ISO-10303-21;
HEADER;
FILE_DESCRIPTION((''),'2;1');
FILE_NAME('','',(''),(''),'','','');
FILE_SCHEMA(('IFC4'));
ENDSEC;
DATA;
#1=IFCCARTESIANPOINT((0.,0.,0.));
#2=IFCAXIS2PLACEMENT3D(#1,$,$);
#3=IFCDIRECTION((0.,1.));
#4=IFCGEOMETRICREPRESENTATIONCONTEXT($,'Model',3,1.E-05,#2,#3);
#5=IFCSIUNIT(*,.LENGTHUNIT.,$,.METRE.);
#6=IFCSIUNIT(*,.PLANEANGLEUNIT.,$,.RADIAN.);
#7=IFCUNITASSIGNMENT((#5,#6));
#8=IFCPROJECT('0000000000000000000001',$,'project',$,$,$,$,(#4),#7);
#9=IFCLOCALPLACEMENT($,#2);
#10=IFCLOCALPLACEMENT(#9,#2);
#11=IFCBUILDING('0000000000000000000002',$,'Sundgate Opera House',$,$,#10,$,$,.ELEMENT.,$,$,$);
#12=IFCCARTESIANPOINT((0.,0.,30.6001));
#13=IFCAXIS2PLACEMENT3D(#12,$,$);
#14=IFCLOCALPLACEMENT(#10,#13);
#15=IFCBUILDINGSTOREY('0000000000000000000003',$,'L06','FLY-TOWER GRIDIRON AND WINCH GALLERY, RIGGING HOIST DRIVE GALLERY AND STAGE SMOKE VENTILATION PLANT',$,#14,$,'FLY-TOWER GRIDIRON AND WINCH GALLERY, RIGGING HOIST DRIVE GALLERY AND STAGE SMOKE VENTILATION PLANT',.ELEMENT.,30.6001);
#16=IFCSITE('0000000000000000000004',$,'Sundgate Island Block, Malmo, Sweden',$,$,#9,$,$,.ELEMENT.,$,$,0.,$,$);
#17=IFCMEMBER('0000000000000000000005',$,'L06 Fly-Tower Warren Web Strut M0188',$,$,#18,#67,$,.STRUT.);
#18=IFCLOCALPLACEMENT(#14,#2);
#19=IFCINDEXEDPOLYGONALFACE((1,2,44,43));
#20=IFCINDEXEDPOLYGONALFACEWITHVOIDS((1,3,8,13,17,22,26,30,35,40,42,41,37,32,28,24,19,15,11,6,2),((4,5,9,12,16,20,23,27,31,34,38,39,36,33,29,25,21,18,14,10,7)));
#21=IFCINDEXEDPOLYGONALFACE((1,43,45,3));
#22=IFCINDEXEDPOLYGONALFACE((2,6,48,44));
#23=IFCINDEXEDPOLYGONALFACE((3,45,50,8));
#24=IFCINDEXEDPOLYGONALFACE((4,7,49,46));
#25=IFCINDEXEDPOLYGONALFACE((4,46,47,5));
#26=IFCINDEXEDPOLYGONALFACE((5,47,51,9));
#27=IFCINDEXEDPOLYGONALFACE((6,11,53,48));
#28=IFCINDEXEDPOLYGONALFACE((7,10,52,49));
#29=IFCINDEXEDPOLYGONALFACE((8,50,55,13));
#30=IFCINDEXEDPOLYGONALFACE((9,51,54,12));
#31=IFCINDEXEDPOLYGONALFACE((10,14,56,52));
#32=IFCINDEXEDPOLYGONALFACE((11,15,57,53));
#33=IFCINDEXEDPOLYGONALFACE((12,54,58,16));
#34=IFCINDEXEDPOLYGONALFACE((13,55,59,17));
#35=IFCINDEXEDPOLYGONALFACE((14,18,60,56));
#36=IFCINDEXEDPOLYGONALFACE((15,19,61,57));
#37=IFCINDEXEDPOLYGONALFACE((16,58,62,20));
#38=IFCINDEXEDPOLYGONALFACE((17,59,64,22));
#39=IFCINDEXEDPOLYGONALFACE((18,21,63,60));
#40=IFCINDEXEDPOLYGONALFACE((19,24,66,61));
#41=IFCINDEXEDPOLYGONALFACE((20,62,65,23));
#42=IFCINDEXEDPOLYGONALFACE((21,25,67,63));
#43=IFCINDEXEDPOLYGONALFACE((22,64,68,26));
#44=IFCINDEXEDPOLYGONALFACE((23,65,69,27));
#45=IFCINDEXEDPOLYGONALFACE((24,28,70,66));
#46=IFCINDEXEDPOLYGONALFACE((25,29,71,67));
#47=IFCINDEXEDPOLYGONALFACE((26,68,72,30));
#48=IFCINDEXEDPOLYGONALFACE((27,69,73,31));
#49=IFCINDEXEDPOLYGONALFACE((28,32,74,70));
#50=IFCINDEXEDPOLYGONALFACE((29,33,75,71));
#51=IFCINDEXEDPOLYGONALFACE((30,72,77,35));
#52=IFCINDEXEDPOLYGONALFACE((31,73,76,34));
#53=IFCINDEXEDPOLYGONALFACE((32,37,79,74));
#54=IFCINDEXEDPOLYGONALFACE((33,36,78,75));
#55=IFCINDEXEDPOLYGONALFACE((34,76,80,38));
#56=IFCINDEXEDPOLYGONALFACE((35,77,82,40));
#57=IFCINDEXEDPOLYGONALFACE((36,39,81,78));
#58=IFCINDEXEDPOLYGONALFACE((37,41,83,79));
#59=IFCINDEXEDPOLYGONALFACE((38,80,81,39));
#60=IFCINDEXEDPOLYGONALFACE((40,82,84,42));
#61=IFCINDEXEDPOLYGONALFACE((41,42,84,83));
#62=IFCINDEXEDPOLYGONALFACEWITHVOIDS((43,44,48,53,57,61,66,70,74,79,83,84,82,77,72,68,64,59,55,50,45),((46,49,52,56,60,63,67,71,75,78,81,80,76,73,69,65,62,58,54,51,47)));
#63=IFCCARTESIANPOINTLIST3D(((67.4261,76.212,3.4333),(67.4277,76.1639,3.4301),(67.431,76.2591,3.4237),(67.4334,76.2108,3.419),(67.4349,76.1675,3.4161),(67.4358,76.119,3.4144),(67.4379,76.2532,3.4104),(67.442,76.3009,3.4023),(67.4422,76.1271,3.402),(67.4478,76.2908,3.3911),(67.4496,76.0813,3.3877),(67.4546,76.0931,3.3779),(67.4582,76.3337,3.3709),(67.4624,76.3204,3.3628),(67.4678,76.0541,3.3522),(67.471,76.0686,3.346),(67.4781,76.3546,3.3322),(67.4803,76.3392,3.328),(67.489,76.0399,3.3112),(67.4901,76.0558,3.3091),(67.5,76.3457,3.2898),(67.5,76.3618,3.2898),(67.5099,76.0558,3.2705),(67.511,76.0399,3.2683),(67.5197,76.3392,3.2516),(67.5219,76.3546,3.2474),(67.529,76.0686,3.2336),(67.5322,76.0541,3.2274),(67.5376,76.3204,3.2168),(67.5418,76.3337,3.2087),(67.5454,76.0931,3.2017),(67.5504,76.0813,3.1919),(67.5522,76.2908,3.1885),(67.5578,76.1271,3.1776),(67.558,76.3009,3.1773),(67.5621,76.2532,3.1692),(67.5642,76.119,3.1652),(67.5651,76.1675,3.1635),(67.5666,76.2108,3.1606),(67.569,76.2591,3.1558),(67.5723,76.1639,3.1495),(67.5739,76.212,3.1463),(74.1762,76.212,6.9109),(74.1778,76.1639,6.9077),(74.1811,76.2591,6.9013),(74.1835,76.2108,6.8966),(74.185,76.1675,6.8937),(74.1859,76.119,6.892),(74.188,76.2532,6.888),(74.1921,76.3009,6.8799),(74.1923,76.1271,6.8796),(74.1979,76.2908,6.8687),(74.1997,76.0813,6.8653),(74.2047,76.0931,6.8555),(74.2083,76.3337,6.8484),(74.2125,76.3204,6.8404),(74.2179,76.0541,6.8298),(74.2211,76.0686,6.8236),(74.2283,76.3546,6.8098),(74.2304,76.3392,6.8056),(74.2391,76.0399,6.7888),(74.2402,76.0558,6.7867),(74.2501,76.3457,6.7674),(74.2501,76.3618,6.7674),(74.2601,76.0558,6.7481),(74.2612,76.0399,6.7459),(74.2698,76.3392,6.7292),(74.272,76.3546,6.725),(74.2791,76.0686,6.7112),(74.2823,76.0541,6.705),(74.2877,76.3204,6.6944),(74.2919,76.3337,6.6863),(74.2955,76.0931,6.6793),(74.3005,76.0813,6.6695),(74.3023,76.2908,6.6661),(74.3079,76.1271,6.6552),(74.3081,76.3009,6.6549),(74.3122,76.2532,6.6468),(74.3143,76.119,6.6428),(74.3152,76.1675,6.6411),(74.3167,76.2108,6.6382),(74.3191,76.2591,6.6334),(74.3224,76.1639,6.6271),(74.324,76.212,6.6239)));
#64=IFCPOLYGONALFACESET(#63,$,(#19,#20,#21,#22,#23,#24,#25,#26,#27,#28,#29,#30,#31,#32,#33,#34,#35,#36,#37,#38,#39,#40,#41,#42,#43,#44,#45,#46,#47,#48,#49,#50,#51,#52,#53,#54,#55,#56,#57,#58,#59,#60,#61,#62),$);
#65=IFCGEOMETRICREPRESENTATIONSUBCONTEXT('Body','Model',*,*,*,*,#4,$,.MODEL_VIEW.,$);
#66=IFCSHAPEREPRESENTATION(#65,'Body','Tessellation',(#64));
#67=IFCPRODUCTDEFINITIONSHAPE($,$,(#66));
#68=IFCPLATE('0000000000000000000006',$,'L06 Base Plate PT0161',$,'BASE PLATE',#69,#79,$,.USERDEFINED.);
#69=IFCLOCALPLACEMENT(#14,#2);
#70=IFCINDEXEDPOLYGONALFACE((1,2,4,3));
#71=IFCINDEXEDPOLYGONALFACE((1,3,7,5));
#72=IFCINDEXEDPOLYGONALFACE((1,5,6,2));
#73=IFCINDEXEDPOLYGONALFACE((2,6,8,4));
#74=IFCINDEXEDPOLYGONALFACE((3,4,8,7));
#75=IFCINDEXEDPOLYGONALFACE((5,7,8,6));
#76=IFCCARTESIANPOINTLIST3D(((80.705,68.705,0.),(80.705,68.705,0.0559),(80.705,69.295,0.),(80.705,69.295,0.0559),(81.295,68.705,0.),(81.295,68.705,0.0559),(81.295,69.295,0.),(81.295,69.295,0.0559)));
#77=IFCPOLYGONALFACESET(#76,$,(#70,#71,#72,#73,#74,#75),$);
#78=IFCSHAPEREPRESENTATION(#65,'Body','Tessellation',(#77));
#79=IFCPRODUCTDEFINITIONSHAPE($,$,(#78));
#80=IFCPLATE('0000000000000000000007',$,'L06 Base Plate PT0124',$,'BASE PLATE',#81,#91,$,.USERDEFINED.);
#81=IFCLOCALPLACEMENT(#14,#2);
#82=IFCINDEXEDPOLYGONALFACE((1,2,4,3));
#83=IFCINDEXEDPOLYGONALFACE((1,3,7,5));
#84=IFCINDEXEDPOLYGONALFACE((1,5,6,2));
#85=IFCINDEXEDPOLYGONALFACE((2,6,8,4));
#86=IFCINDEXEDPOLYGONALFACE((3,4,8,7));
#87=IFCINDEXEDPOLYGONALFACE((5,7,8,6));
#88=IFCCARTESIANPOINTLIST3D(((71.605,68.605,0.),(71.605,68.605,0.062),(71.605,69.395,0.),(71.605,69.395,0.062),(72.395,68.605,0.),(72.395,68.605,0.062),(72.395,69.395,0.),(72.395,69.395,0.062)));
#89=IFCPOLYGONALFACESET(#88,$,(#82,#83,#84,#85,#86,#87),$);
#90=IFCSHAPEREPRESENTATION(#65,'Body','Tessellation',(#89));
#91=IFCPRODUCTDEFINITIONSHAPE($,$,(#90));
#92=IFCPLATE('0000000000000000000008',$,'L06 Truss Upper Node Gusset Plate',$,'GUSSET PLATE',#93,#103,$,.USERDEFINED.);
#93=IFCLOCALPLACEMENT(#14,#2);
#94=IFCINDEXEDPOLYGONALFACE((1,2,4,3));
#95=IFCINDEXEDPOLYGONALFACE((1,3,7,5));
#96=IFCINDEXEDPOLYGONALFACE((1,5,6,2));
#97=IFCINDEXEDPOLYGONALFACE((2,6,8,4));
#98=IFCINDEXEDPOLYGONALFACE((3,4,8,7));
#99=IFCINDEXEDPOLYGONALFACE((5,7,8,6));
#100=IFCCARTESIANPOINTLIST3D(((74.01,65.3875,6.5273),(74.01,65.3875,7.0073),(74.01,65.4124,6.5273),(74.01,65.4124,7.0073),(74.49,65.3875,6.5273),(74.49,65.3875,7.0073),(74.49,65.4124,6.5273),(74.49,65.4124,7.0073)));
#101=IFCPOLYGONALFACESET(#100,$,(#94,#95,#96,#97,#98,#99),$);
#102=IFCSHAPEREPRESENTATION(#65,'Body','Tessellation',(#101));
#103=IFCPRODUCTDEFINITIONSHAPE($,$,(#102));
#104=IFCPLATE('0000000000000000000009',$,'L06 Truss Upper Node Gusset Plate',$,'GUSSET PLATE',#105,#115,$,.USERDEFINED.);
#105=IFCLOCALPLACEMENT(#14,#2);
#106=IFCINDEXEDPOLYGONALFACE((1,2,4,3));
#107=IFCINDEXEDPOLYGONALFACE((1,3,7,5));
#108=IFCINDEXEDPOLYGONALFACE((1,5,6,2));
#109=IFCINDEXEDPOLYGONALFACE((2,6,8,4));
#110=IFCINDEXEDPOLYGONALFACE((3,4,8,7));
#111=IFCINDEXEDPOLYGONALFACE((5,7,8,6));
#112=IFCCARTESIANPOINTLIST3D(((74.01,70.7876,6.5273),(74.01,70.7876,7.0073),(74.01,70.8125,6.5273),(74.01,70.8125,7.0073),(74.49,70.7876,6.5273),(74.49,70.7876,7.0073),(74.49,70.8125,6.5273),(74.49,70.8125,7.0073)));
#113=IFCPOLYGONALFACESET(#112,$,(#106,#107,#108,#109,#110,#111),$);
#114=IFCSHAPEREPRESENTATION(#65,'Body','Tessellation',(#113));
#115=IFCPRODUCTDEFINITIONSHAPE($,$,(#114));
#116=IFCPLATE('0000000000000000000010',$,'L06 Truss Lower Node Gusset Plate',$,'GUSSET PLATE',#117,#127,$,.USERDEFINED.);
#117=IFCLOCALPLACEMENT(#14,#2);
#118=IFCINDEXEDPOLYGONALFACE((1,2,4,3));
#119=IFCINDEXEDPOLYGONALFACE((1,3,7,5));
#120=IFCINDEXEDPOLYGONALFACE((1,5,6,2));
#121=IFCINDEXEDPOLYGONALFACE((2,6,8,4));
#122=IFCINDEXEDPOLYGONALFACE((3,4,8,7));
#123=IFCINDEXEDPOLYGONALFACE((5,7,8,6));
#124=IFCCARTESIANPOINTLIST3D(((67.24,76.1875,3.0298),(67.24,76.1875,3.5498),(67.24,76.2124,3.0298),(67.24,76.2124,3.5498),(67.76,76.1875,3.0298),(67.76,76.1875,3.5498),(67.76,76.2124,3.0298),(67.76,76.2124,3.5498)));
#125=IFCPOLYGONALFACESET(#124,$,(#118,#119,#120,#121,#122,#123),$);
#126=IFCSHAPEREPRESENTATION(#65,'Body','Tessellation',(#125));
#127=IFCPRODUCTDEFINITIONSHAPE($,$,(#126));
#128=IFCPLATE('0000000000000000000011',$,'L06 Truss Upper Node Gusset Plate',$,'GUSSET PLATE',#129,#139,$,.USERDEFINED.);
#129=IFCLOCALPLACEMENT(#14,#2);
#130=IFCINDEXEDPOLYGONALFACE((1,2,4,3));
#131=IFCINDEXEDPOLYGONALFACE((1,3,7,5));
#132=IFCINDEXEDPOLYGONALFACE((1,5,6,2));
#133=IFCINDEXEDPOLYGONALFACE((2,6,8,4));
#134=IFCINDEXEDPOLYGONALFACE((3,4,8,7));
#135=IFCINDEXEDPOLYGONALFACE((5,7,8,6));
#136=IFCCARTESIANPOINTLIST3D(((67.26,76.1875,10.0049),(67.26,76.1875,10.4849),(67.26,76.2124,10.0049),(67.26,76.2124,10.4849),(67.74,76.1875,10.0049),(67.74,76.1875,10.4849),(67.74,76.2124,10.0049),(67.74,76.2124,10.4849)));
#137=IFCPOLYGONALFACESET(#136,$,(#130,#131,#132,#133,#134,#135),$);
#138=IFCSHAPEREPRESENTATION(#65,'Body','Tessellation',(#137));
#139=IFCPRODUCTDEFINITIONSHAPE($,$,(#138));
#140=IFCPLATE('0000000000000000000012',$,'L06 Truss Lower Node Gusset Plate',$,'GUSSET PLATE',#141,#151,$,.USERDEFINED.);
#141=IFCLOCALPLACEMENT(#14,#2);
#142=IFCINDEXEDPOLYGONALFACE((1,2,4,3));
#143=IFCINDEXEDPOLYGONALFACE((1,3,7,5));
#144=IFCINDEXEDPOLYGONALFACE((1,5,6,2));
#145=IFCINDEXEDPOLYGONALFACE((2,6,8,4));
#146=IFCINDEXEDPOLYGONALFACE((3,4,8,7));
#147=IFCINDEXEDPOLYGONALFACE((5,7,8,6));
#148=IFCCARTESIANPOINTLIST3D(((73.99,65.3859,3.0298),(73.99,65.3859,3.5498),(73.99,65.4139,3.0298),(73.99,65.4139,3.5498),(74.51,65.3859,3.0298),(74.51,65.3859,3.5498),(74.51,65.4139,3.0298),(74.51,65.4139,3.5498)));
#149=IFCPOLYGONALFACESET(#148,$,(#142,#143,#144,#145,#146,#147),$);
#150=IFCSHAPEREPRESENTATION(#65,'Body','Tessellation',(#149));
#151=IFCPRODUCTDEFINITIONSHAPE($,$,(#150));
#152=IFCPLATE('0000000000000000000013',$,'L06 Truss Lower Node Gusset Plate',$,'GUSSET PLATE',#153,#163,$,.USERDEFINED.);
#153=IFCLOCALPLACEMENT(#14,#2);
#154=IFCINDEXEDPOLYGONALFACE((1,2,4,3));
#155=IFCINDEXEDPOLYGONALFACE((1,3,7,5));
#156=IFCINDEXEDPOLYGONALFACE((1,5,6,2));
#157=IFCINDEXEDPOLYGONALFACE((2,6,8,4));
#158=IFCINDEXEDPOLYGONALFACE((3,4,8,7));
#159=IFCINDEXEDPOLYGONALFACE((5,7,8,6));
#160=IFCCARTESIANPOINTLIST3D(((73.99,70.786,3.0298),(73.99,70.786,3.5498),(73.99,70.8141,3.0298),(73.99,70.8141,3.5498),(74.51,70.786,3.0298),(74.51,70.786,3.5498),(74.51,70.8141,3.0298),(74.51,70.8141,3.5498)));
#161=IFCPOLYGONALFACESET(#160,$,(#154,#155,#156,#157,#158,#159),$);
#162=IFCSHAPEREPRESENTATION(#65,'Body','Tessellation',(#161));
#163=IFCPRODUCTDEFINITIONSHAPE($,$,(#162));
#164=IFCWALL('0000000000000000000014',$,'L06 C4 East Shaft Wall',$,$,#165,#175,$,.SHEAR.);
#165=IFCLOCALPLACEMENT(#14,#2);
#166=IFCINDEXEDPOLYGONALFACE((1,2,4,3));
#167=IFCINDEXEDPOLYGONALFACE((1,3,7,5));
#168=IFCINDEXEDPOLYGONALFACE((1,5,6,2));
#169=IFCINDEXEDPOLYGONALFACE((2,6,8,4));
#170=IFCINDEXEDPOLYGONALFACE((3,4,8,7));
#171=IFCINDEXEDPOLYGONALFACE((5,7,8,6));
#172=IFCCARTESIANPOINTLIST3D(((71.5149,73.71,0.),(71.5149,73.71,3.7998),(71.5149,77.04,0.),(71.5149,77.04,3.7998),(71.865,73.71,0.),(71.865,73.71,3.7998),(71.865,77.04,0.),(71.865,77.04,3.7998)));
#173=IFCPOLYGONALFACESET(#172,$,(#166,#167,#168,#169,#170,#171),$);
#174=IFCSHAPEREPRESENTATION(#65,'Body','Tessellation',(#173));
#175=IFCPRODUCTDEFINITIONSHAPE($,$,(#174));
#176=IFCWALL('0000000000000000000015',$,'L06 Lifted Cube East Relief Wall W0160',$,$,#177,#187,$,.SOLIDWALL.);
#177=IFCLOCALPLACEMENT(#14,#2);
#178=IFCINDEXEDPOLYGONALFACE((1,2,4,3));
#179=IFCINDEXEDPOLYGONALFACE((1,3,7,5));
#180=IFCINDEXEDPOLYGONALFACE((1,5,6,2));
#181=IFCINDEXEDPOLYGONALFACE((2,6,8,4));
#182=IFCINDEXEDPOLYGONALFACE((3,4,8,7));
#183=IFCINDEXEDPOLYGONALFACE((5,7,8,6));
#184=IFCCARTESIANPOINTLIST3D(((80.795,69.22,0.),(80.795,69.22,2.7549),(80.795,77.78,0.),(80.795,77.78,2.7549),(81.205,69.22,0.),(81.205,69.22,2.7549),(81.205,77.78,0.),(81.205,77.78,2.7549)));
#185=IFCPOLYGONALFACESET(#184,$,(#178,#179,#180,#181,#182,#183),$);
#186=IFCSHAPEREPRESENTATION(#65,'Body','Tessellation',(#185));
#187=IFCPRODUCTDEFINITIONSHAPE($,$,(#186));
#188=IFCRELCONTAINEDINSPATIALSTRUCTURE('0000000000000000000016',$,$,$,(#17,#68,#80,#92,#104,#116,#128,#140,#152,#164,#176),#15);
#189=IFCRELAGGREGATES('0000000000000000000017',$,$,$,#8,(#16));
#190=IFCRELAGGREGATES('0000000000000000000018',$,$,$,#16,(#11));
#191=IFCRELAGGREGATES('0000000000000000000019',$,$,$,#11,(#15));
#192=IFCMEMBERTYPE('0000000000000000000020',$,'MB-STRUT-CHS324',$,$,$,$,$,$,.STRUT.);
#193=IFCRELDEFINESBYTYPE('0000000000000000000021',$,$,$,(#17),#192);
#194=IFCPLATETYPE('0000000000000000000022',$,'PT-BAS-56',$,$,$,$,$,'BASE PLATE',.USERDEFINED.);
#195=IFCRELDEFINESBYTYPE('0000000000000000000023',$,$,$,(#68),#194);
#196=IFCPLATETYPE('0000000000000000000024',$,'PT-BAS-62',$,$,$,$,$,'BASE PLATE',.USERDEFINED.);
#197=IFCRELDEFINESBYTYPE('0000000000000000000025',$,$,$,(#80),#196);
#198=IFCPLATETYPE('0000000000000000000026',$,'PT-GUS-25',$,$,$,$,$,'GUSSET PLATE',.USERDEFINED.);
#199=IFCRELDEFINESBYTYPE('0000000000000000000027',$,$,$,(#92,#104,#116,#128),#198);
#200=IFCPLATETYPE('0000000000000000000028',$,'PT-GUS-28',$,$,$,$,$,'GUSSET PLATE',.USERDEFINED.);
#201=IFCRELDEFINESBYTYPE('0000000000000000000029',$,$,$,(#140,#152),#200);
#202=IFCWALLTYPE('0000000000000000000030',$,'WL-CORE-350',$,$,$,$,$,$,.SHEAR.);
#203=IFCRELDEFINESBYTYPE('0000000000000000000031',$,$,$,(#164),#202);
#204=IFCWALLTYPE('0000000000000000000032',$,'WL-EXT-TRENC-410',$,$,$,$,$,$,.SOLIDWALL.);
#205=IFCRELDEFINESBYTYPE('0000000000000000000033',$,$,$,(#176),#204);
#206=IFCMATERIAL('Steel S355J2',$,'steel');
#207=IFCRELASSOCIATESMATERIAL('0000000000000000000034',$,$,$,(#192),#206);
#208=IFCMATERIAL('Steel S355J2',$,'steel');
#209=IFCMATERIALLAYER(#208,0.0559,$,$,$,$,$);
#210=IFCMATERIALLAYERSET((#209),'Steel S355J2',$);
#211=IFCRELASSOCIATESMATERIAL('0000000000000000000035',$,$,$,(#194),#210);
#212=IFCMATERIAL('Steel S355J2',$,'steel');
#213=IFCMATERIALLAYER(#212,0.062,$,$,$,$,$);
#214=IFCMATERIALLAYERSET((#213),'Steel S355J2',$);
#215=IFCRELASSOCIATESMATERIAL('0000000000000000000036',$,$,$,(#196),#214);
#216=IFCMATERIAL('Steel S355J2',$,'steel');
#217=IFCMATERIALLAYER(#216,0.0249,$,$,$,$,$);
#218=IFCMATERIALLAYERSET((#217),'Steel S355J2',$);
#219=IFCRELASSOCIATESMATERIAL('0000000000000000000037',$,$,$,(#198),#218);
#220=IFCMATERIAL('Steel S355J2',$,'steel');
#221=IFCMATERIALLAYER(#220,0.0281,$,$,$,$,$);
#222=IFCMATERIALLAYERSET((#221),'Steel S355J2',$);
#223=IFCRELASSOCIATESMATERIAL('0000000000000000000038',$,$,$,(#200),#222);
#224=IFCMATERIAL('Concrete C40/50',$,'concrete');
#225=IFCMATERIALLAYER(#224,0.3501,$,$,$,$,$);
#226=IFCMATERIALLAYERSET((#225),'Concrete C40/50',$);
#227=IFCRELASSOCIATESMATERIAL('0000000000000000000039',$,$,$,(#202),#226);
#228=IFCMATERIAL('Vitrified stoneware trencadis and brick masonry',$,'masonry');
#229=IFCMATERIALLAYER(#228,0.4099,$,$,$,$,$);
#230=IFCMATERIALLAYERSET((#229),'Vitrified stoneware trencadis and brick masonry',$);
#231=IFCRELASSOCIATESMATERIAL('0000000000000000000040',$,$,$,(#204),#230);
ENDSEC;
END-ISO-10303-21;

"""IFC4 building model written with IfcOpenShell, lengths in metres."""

from ifc_helpers import new_model, si_unit, direction, frame, frame_2d, origin, origin_2d, place, context, subcontext, project, spatial, rectangle, hollow_circle, extrude, material, layer, layer_set, material_profile, profile_set, type_object, element, save


model = new_model("IFC4")

# Units and contexts
model_context = context("Model", 3, precision=1e-05, world=origin(), true_north=direction((0.0, 1.0)))
body_context = subcontext(model_context, "Body", "Model", "MODEL_VIEW")
ifc_project = project(units=[si_unit("LENGTHUNIT", "METRE"), si_unit("PLANEANGLEUNIT", "RADIAN")], contexts=[model_context])

# Site, building, storey
site_placement = place(None, origin())
site = spatial("IfcSite", under=ifc_project, at=site_placement, Name="Sundgate Island Block, Malmo, Sweden", CompositionType="ELEMENT", RefElevation=0.0)
building_placement = place(site_placement, origin())
building = spatial("IfcBuilding", under=site, at=building_placement, Name="Sundgate Opera House", CompositionType="ELEMENT")
storey_placement = place(building_placement, frame((0.0, 0.0, 30.6001)))
storey = spatial("IfcBuildingStorey", under=building, at=storey_placement, Name="L06", Description="FLY-TOWER GRIDIRON AND WINCH GALLERY, RIGGING HOIST DRIVE GALLERY AND STAGE SMOKE VENTILATION PLANT", LongName="FLY-TOWER GRIDIRON AND WINCH GALLERY, RIGGING HOIST DRIVE GALLERY AND STAGE SMOKE VENTILATION PLANT", CompositionType="ELEMENT", Elevation=30.6001)

# Member
ifc_material_1 = material(Name="Steel S355J2", Category="steel")
ifc_material_profile_1 = material_profile(ifc_material_1, hollow_circle(Radius=0.1619, WallThickness=0.0161, at=origin_2d()), Name="CHS 323.9x16.0")
ifc_profile_set_1 = profile_set([ifc_material_profile_1], Name="Steel S355J2")
member_type_1 = type_object("IfcMemberType", Name="MB-STRUT-CHS324", PredefinedType="STRUT", material=ifc_profile_set_1)
member_1_placement = place(storey_placement, frame((67.5, 76.2, 3.2898), z_axis=(0.88896, 0.0, 0.457984), x_axis=(0.0, 1.0, 0.0)))
element("IfcMember", 1, at=member_1_placement, inside=storey, type_object=member_type_1, Name="L06 Fly-Tower Warren Web Strut M0188", PredefinedType="STRUT", context=body_context, shape_type="SweptSolid", body=[
    extrude(hollow_circle(Radius=0.1619, WallThickness=0.0161, at=origin_2d()), origin(), (0.0, 0.0, 1.0), 7.5933),
])

# Plates
ifc_material_2 = material(Name="Steel S355J2", Category="steel")
ifc_layer_1 = layer(ifc_material_2, 0.0559)
ifc_layer_set_1 = layer_set([ifc_layer_1], Name="Steel S355J2")
plate_type_1 = type_object("IfcPlateType", Name="PT-BAS-56", ElementType="BASE PLATE", PredefinedType="USERDEFINED", material=ifc_layer_set_1)
plate_1_placement = place(storey_placement, frame((81.0, 69.0, 0.0), z_axis=(0.0, 0.0, 1.0), x_axis=(1.0, 0.0, 0.0)))
element("IfcPlate", 2, at=plate_1_placement, inside=storey, type_object=plate_type_1, Name="L06 Base Plate PT0161", ObjectType="BASE PLATE", PredefinedType="USERDEFINED", context=body_context, shape_type="SweptSolid", body=[
    extrude(rectangle(XDim=0.5901, YDim=0.5901, at=origin_2d()), origin(), (0.0, 0.0, 1.0), 0.0559),
])
ifc_material_3 = material(Name="Steel S355J2", Category="steel")
ifc_layer_2 = layer(ifc_material_3, 0.062)
ifc_layer_set_2 = layer_set([ifc_layer_2], Name="Steel S355J2")
plate_type_2 = type_object("IfcPlateType", Name="PT-BAS-62", ElementType="BASE PLATE", PredefinedType="USERDEFINED", material=ifc_layer_set_2)
plate_2_placement = place(storey_placement, frame((72.0, 69.0, 0.0), z_axis=(0.0, 0.0, 1.0), x_axis=(1.0, 0.0, 0.0)))
element("IfcPlate", 3, at=plate_2_placement, inside=storey, type_object=plate_type_2, Name="L06 Base Plate PT0124", ObjectType="BASE PLATE", PredefinedType="USERDEFINED", context=body_context, shape_type="SweptSolid", body=[
    extrude(rectangle(XDim=0.79, YDim=0.79, at=origin_2d()), origin(), (0.0, 0.0, 1.0), 0.062),
])
ifc_material_4 = material(Name="Steel S355J2", Category="steel")
ifc_layer_3 = layer(ifc_material_4, 0.0249)
ifc_layer_set_3 = layer_set([ifc_layer_3], Name="Steel S355J2")
plate_type_3 = type_object("IfcPlateType", Name="PT-GUS-25", ElementType="GUSSET PLATE", PredefinedType="USERDEFINED", material=ifc_layer_set_3)
for number, where, z_axis, x_axis, name in (
    (4, (74.25, 65.3999, 6.5273), (0.0, 0.0, 1.0), (1.0, 0.0, 0.0), "L06 Truss Upper Node Gusset Plate"),
    (5, (74.25, 70.8, 6.5273), (0.0, 0.0, 1.0), (1.0, 0.0, 0.0), "L06 Truss Upper Node Gusset Plate"),
):
    element("IfcPlate", number, at=place(storey_placement, frame(where, z_axis=z_axis, x_axis=x_axis)), inside=storey, type_object=plate_type_3, Name=name, ObjectType="GUSSET PLATE", PredefinedType="USERDEFINED", context=body_context, shape_type="SweptSolid", body=[
        extrude(rectangle(XDim=0.48, YDim=0.0249, at=origin_2d()), origin(), (0.0, 0.0, 1.0), 0.48),
    ])
plate_3_placement = place(storey_placement, frame((67.5, 76.2, 3.0298), z_axis=(0.0, 0.0, 1.0), x_axis=(1.0, 0.0, 0.0)))
element("IfcPlate", 6, at=plate_3_placement, inside=storey, type_object=plate_type_3, Name="L06 Truss Lower Node Gusset Plate", ObjectType="GUSSET PLATE", PredefinedType="USERDEFINED", context=body_context, shape_type="SweptSolid", body=[
    extrude(rectangle(XDim=0.52, YDim=0.0249, at=origin_2d()), origin(), (0.0, 0.0, 1.0), 0.52),
])
plate_4_placement = place(storey_placement, frame((67.5, 76.2, 10.0049), z_axis=(0.0, 0.0, 1.0), x_axis=(1.0, 0.0, 0.0)))
element("IfcPlate", 7, at=plate_4_placement, inside=storey, type_object=plate_type_3, Name="L06 Truss Upper Node Gusset Plate", ObjectType="GUSSET PLATE", PredefinedType="USERDEFINED", context=body_context, shape_type="SweptSolid", body=[
    extrude(rectangle(XDim=0.48, YDim=0.0249, at=origin_2d()), origin(), (0.0, 0.0, 1.0), 0.48),
])
ifc_material_5 = material(Name="Steel S355J2", Category="steel")
ifc_layer_4 = layer(ifc_material_5, 0.0281)
ifc_layer_set_4 = layer_set([ifc_layer_4], Name="Steel S355J2")
plate_type_4 = type_object("IfcPlateType", Name="PT-GUS-28", ElementType="GUSSET PLATE", PredefinedType="USERDEFINED", material=ifc_layer_set_4)
for number, where, z_axis, x_axis, name in (
    (8, (74.25, 65.3999, 3.0298), (0.0, 0.0, 1.0), (1.0, 0.0, 0.0), "L06 Truss Lower Node Gusset Plate"),
    (9, (74.25, 70.8, 3.0298), (0.0, 0.0, 1.0), (1.0, 0.0, 0.0), "L06 Truss Lower Node Gusset Plate"),
):
    element("IfcPlate", number, at=place(storey_placement, frame(where, z_axis=z_axis, x_axis=x_axis)), inside=storey, type_object=plate_type_4, Name=name, ObjectType="GUSSET PLATE", PredefinedType="USERDEFINED", context=body_context, shape_type="SweptSolid", body=[
        extrude(rectangle(XDim=0.52, YDim=0.0281, at=origin_2d()), origin(), (0.0, 0.0, 1.0), 0.52),
    ])

# Walls
ifc_material_6 = material(Name="Concrete C40/50", Category="concrete")
ifc_layer_5 = layer(ifc_material_6, 0.3501)
ifc_layer_set_5 = layer_set([ifc_layer_5], Name="Concrete C40/50")
wall_type_1 = type_object("IfcWallType", Name="WL-CORE-350", PredefinedType="SHEAR", material=ifc_layer_set_5)
wall_1_placement = place(storey_placement, frame((71.6899, 73.71, 0.0), z_axis=(0.0, 0.0, 1.0), x_axis=(0.0, 1.0, 0.0)))
element("IfcWall", 10, at=wall_1_placement, inside=storey, type_object=wall_type_1, Name="L06 C4 East Shaft Wall", PredefinedType="SHEAR", context=body_context, shape_type="SweptSolid", body=[
    extrude(rectangle(XDim=3.3301, YDim=0.3501, at=frame_2d((1.665, 0.0))), origin(), (0.0, 0.0, 1.0), 3.7998),
])
ifc_material_7 = material(Name="Vitrified stoneware trencadis and brick masonry", Category="masonry")
ifc_layer_6 = layer(ifc_material_7, 0.4099)
ifc_layer_set_6 = layer_set([ifc_layer_6], Name="Vitrified stoneware trencadis and brick masonry")
wall_type_2 = type_object("IfcWallType", Name="WL-EXT-TRENC-410", PredefinedType="SOLIDWALL", material=ifc_layer_set_6)
wall_2_placement = place(storey_placement, frame((81.0, 69.22, 0.0), z_axis=(0.0, 0.0, 1.0), x_axis=(0.0, 1.0, 0.0)))
element("IfcWall", 11, at=wall_2_placement, inside=storey, type_object=wall_type_2, Name="L06 Lifted Cube East Relief Wall W0160", PredefinedType="SOLIDWALL", context=body_context, shape_type="SweptSolid", body=[
    extrude(rectangle(XDim=8.5601, YDim=0.4099, at=frame_2d((4.28, 0.0))), origin(), (0.0, 0.0, 1.0), 2.7549),
])

save(model, "model.ifc")
